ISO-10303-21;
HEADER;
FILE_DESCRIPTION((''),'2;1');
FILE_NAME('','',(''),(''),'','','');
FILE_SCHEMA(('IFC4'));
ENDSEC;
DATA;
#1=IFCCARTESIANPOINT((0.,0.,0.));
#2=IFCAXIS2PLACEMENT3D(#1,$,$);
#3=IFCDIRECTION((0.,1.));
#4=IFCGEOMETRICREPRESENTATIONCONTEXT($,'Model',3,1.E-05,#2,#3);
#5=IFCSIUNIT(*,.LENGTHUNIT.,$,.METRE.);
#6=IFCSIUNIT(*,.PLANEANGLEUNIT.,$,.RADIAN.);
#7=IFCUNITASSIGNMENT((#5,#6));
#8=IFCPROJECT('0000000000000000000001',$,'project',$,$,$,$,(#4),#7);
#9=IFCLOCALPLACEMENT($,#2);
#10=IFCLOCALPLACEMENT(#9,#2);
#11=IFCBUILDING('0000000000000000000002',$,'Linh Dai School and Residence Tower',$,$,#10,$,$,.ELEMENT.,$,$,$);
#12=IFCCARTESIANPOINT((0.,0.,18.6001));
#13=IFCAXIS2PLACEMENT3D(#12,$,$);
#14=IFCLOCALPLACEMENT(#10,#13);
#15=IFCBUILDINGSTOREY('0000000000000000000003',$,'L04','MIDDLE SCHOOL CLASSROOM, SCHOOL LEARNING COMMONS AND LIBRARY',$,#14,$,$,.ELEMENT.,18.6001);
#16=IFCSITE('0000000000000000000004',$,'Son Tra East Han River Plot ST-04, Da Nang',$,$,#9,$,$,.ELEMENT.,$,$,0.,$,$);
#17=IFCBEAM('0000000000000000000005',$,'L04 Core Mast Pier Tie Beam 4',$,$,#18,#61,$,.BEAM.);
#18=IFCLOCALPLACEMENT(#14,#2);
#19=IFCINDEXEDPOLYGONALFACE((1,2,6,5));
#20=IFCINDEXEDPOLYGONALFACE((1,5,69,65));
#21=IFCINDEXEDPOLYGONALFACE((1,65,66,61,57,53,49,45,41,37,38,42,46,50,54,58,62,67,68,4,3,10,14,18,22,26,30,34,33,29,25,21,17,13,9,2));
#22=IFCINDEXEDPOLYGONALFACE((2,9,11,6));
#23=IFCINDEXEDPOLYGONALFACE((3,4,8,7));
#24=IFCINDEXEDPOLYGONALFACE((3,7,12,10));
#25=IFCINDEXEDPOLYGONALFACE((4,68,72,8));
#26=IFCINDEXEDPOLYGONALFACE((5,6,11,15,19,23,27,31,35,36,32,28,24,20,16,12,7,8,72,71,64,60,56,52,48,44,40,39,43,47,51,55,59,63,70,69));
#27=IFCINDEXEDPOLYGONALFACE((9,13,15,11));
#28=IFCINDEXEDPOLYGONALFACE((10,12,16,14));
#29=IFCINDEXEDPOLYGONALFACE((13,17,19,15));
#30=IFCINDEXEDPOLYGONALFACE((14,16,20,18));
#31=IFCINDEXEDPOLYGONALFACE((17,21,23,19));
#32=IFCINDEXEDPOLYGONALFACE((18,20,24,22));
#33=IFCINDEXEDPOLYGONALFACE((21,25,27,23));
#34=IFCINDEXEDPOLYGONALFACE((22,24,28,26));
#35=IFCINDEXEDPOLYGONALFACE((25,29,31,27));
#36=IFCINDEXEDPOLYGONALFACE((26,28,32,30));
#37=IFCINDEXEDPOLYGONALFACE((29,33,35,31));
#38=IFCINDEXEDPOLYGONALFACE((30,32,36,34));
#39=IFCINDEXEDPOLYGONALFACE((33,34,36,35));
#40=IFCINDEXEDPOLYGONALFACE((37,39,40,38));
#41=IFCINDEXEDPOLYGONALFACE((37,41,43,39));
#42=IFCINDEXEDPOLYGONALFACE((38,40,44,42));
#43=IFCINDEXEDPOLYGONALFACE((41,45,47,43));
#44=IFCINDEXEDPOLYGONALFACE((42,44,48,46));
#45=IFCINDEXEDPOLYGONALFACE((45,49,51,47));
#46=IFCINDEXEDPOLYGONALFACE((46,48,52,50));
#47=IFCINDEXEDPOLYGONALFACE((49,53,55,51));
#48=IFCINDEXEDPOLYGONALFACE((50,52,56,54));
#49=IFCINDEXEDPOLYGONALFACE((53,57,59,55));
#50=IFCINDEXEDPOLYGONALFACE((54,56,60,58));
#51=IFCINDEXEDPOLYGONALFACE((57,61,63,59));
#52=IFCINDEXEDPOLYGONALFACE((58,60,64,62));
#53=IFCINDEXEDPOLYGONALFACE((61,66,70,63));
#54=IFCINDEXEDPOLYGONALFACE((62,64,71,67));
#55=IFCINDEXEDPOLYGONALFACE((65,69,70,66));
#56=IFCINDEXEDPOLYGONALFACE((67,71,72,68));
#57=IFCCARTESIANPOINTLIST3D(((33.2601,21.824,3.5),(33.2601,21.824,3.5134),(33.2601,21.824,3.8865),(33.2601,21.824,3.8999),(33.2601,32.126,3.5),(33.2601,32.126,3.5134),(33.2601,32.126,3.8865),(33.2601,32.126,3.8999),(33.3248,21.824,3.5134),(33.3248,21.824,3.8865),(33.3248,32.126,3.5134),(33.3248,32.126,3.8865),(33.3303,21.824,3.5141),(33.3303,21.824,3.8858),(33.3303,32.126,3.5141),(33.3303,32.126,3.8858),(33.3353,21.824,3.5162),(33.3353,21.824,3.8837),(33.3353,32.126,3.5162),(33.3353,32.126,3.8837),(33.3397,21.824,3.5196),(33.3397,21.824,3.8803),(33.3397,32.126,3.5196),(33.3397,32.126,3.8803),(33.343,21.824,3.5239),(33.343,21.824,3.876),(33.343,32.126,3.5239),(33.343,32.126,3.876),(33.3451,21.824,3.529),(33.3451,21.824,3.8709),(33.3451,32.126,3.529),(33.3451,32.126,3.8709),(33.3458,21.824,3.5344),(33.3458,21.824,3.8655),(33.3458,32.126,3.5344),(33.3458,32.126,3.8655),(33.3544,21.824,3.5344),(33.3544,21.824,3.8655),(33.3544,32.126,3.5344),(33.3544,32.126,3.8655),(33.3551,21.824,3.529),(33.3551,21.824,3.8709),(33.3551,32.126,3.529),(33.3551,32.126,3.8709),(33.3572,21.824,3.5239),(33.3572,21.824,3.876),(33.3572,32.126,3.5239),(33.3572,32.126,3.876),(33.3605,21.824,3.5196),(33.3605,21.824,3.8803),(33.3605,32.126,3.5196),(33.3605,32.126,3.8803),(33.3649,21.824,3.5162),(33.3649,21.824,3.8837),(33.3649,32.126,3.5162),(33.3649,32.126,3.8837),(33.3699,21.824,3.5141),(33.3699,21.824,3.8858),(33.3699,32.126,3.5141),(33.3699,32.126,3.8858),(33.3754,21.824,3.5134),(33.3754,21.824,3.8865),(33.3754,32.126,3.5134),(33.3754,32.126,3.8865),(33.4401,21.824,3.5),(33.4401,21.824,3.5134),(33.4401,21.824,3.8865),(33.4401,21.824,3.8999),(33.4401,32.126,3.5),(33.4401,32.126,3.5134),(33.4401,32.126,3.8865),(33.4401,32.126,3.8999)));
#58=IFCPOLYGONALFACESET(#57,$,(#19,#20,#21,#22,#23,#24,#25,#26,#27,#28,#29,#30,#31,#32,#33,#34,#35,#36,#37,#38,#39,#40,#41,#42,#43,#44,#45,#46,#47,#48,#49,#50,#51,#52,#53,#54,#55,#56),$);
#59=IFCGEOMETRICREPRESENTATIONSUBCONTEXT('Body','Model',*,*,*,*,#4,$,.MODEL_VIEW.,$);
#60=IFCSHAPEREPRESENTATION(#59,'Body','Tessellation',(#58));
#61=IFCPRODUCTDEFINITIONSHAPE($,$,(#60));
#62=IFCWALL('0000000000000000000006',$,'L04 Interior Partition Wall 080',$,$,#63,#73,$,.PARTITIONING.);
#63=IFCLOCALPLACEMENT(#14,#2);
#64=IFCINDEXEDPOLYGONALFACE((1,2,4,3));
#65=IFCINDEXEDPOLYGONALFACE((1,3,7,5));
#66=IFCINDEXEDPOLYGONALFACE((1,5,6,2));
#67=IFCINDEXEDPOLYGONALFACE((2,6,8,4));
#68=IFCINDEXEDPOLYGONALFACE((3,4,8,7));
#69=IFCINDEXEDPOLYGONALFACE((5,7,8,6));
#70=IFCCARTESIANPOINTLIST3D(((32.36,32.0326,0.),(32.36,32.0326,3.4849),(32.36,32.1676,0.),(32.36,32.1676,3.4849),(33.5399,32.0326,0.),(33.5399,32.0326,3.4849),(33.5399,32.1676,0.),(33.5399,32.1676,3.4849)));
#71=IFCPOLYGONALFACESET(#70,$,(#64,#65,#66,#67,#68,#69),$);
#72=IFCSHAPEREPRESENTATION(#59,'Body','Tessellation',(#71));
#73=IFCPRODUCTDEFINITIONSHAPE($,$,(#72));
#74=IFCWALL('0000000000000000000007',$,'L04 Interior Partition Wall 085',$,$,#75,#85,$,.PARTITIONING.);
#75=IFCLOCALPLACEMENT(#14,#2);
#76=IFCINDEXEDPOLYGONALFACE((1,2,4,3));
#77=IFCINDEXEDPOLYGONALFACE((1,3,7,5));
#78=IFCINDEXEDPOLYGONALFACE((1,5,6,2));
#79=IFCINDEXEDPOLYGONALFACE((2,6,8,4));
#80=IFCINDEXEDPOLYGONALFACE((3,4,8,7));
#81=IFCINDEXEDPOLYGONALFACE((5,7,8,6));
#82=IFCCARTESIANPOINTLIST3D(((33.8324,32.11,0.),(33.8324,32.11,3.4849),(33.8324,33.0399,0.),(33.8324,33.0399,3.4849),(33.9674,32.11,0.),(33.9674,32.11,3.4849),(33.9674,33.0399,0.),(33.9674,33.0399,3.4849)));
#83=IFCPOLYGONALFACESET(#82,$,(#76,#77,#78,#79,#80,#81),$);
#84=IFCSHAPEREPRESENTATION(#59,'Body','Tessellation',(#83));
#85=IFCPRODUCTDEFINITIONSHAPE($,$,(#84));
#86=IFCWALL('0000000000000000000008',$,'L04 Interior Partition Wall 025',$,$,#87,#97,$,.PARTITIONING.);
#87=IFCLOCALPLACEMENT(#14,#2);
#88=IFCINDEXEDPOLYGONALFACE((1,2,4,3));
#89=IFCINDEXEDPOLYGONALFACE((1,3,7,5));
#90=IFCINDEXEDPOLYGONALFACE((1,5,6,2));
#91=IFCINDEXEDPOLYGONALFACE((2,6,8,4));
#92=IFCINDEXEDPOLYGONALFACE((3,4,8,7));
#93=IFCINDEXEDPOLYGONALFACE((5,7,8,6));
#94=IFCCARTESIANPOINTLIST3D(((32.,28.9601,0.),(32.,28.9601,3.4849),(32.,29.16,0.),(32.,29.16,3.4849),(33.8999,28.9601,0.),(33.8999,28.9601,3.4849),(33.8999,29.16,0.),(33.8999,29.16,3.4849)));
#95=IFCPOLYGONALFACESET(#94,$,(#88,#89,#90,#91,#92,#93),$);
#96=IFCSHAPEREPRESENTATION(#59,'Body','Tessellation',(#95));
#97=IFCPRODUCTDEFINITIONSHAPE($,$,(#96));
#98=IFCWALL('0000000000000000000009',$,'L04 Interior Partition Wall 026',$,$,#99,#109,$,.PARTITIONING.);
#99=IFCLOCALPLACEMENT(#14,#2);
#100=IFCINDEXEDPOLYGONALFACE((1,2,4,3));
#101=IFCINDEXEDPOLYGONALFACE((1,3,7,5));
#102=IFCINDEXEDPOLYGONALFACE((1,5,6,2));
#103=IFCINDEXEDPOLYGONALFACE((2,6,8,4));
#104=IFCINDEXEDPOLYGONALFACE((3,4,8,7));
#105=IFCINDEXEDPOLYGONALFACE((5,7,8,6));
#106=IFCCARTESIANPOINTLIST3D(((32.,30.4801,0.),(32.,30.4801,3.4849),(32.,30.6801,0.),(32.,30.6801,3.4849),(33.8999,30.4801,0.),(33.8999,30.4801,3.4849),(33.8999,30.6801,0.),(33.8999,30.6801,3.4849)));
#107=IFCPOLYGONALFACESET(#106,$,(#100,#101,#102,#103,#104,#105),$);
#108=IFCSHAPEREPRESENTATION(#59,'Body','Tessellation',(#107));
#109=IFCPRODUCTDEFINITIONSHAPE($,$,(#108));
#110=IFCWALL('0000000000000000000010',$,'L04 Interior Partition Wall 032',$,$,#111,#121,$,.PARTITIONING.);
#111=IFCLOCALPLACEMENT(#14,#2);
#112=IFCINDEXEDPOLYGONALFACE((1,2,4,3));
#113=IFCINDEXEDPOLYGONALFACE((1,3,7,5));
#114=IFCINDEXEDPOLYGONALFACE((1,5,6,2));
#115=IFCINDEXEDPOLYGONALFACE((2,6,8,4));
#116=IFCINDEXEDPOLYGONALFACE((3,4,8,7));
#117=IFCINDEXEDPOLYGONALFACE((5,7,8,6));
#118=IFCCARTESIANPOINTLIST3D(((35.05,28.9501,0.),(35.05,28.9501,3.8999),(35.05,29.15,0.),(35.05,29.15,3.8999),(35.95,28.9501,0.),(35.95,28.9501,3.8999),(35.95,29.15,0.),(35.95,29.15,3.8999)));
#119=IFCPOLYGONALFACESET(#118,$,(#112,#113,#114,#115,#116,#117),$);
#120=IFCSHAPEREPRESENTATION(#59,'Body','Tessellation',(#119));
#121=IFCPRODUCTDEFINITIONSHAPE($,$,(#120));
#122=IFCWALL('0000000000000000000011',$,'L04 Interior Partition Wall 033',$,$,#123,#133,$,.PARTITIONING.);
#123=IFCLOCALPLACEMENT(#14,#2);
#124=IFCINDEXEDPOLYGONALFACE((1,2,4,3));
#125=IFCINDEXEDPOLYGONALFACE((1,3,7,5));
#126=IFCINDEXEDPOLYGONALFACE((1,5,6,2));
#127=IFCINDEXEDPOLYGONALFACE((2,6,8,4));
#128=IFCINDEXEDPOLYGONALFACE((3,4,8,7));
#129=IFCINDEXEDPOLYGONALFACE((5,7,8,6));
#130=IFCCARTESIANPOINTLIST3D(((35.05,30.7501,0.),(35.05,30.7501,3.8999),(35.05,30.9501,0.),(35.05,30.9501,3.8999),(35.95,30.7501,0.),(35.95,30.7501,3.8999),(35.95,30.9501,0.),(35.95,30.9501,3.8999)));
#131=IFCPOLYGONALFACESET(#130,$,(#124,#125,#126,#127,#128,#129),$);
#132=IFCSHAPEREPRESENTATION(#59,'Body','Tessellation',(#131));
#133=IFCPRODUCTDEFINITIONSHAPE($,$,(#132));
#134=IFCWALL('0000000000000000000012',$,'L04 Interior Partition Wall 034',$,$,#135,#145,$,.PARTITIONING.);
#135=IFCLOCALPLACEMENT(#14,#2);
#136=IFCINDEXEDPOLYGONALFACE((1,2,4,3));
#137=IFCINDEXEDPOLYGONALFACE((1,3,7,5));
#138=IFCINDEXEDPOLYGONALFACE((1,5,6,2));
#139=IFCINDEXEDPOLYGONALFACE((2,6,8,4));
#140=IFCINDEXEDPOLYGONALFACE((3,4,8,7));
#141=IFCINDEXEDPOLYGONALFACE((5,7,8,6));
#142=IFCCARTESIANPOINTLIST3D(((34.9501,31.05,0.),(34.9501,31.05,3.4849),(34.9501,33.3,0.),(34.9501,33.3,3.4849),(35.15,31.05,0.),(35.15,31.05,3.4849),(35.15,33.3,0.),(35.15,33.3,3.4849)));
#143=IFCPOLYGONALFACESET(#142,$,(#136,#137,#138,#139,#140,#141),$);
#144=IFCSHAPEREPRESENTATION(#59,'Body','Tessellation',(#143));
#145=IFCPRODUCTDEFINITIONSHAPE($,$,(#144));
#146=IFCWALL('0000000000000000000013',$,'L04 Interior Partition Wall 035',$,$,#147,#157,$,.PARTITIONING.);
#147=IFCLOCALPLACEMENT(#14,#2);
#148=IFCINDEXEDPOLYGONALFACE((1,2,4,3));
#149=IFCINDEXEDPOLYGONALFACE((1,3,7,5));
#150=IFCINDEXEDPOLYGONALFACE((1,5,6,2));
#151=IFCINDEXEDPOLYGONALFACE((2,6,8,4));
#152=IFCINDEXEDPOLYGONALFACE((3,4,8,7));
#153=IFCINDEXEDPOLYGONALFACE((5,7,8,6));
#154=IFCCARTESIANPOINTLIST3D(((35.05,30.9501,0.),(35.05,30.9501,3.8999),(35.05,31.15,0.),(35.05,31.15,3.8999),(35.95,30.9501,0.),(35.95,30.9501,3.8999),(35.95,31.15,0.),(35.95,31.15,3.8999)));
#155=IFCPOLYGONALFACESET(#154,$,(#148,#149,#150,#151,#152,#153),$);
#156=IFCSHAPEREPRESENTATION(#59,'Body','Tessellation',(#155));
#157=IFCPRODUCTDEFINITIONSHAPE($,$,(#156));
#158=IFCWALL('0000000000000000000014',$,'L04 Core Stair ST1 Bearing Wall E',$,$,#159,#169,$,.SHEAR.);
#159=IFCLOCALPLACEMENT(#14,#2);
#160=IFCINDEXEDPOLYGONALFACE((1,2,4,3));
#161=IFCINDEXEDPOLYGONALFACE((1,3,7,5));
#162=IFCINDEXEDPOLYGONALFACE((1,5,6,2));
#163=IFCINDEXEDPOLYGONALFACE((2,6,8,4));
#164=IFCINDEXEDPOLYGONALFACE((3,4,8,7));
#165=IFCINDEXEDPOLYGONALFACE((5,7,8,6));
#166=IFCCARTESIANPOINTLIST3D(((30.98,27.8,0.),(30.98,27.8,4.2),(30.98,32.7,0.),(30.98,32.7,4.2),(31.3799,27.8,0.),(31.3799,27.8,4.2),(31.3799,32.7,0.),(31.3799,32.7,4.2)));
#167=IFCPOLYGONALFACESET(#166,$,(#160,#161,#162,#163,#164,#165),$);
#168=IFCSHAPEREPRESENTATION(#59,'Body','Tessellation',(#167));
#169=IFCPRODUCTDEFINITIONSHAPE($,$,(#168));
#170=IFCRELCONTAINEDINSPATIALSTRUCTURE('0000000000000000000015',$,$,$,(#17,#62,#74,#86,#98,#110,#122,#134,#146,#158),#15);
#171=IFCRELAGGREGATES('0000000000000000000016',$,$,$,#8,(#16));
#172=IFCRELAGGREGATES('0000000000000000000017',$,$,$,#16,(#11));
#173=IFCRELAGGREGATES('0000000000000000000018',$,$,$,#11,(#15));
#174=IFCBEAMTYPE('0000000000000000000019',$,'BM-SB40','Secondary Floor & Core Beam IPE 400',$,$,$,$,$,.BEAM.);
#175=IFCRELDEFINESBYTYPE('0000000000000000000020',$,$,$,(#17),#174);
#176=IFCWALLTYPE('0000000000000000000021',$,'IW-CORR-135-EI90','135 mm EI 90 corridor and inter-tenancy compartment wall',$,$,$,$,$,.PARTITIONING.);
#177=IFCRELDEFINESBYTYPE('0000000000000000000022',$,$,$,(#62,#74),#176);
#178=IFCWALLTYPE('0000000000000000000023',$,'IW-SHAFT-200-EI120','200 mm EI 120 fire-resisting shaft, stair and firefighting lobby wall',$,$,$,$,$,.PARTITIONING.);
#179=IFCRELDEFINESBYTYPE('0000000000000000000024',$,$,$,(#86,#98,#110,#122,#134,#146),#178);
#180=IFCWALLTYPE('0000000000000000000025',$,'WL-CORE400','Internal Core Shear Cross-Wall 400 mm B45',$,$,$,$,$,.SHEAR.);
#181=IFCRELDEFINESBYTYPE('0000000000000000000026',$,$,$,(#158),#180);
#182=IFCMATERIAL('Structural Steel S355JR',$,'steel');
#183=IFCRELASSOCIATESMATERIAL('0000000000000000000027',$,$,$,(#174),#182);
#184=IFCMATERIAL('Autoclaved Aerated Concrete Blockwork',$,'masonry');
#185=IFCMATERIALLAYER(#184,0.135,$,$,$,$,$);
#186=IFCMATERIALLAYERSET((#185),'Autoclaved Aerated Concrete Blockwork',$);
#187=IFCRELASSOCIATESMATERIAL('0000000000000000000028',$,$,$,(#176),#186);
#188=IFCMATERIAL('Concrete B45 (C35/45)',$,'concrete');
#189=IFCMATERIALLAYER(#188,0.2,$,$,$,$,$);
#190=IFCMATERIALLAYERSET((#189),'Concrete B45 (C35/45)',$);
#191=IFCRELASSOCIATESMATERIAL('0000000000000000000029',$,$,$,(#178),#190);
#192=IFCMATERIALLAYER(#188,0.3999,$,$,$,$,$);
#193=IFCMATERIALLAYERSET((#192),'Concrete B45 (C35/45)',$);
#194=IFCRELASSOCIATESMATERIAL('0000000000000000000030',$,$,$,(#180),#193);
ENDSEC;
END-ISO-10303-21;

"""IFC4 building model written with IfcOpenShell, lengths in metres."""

from ifc_helpers import new_model, si_unit, direction, frame, frame_2d, origin, origin_2d, place, context, subcontext, project, spatial, rectangle, i_section, extrude, material, layer, layer_set, material_profile, profile_set, type_object, element, save


model = new_model("IFC4")

# Units and contexts
model_context = context("Model", 3, precision=1e-05, world=origin(), true_north=direction((0.0, 1.0)))
body_context = subcontext(model_context, "Body", "Model", "MODEL_VIEW")
ifc_project = project(units=[si_unit("LENGTHUNIT", "METRE"), si_unit("PLANEANGLEUNIT", "RADIAN")], contexts=[model_context])

# Site, building, storey
site_placement = place(None, origin())
site = spatial("IfcSite", under=ifc_project, at=site_placement, Name="Son Tra East Han River Plot ST-04, Da Nang", CompositionType="ELEMENT", RefElevation=0.0)
building_placement = place(site_placement, origin())
building = spatial("IfcBuilding", under=site, at=building_placement, Name="Linh Dai School and Residence Tower", CompositionType="ELEMENT")
storey_placement = place(building_placement, frame((0.0, 0.0, 18.6001)))
storey = spatial("IfcBuildingStorey", under=building, at=storey_placement, Name="L04", Description="MIDDLE SCHOOL CLASSROOM, SCHOOL LEARNING COMMONS AND LIBRARY", CompositionType="ELEMENT", Elevation=18.6001)

# Shared definitions
ifc_material_1 = material(Name="Structural Steel S355JR", Category="steel")

# Beam
ifc_material_profile_1 = material_profile(ifc_material_1, i_section(OverallWidth=0.1799, OverallDepth=0.3999, WebThickness=0.0085, FlangeThickness=0.0134, FilletRadius=0.021, at=origin_2d()), Name="IPE 400")
ifc_profile_set_1 = profile_set([ifc_material_profile_1], Name="Structural Steel S355JR")
beam_type_1 = type_object("IfcBeamType", Name="BM-SB40", Description="Secondary Floor & Core Beam IPE 400", PredefinedType="BEAM", material=ifc_profile_set_1)
beam_1_placement = place(storey_placement, frame((33.3501, 32.126, 3.7), z_axis=(0.0, -1.0, 0.0), x_axis=(1.0, 0.0, 0.0)))
element("IfcBeam", 1, at=beam_1_placement, inside=storey, type_object=beam_type_1, Name="L04 Core Mast Pier Tie Beam 4", PredefinedType="BEAM", context=body_context, shape_type="SweptSolid", body=[
    extrude(i_section(OverallWidth=0.1799, OverallDepth=0.3999, WebThickness=0.0085, FlangeThickness=0.0134, FilletRadius=0.021, at=origin_2d()), origin(), (0.0, 0.0, 1.0), 10.302),
])

# Walls
ifc_material_2 = material(Name="Autoclaved Aerated Concrete Blockwork", Category="masonry")
ifc_layer_1 = layer(ifc_material_2, 0.135)
ifc_layer_set_1 = layer_set([ifc_layer_1], Name="Autoclaved Aerated Concrete Blockwork")
wall_type_1 = type_object("IfcWallType", Name="IW-CORR-135-EI90", Description="135 mm EI 90 corridor and inter-tenancy compartment wall", PredefinedType="PARTITIONING", material=ifc_layer_set_1)
wall_1_placement = place(storey_placement, frame((32.3601, 32.1001, 0.0), z_axis=(0.0, 0.0, 1.0), x_axis=(1.0, 0.0, 0.0)))
element("IfcWall", 2, at=wall_1_placement, inside=storey, type_object=wall_type_1, Name="L04 Interior Partition Wall 080", PredefinedType="PARTITIONING", context=body_context, shape_type="SweptSolid", body=[
    extrude(rectangle(XDim=1.1799, YDim=0.135, at=frame_2d((0.5898, 0.0))), origin(), (0.0, 0.0, 1.0), 3.4849),
])
wall_2_placement = place(storey_placement, frame((33.8999, 32.1101, 0.0), z_axis=(0.0, 0.0, 1.0), x_axis=(0.0, 1.0, 0.0)))
element("IfcWall", 3, at=wall_2_placement, inside=storey, type_object=wall_type_1, Name="L04 Interior Partition Wall 085", PredefinedType="PARTITIONING", context=body_context, shape_type="SweptSolid", body=[
    extrude(rectangle(XDim=0.9299, YDim=0.135, at=frame_2d((0.4648, 0.0))), origin(), (0.0, 0.0, 1.0), 3.4849),
])
ifc_material_3 = material(Name="Concrete B45 (C35/45)", Category="concrete")
ifc_layer_2 = layer(ifc_material_3, 0.2)
ifc_layer_set_2 = layer_set([ifc_layer_2], Name="Concrete B45 (C35/45)")
wall_type_2 = type_object("IfcWallType", Name="IW-SHAFT-200-EI120", Description="200 mm EI 120 fire-resisting shaft, stair and firefighting lobby wall", PredefinedType="PARTITIONING", material=ifc_layer_set_2)
for number, where, z_axis, x_axis, name in (
    (4, (32.0, 29.0601, 0.0), (0.0, 0.0, 1.0), (1.0, 0.0, 0.0), "L04 Interior Partition Wall 025"),
    (5, (32.0, 30.5801, 0.0), (0.0, 0.0, 1.0), (1.0, 0.0, 0.0), "L04 Interior Partition Wall 026"),
):
    element("IfcWall", number, at=place(storey_placement, frame(where, z_axis=z_axis, x_axis=x_axis)), inside=storey, type_object=wall_type_2, Name=name, PredefinedType="PARTITIONING", context=body_context, shape_type="SweptSolid", body=[
        extrude(rectangle(XDim=1.8999, YDim=0.2, at=frame_2d((0.95, 0.0))), origin(), (0.0, 0.0, 1.0), 3.4849),
    ])
for number, where, z_axis, x_axis, name in (
    (6, (35.05, 29.05, 0.0), (0.0, 0.0, 1.0), (1.0, 0.0, 0.0), "L04 Interior Partition Wall 032"),
    (7, (35.05, 30.8501, 0.0), (0.0, 0.0, 1.0), (1.0, 0.0, 0.0), "L04 Interior Partition Wall 033"),
):
    element("IfcWall", number, at=place(storey_placement, frame(where, z_axis=z_axis, x_axis=x_axis)), inside=storey, type_object=wall_type_2, Name=name, PredefinedType="PARTITIONING", context=body_context, shape_type="SweptSolid", body=[
        extrude(rectangle(XDim=0.8999, YDim=0.2, at=frame_2d((0.45, 0.0))), origin(), (0.0, 0.0, 1.0), 3.8999),
    ])
wall_3_placement = place(storey_placement, frame((35.05, 31.05, 0.0), z_axis=(0.0, 0.0, 1.0), x_axis=(0.0, 1.0, 0.0)))
element("IfcWall", 8, at=wall_3_placement, inside=storey, type_object=wall_type_2, Name="L04 Interior Partition Wall 034", PredefinedType="PARTITIONING", context=body_context, shape_type="SweptSolid", body=[
    extrude(rectangle(XDim=2.25, YDim=0.2, at=frame_2d((1.125, 0.0))), origin(), (0.0, 0.0, 1.0), 3.4849),
])
wall_4_placement = place(storey_placement, frame((35.05, 31.05, 0.0), z_axis=(0.0, 0.0, 1.0), x_axis=(1.0, 0.0, 0.0)))
element("IfcWall", 9, at=wall_4_placement, inside=storey, type_object=wall_type_2, Name="L04 Interior Partition Wall 035", PredefinedType="PARTITIONING", context=body_context, shape_type="SweptSolid", body=[
    extrude(rectangle(XDim=0.8999, YDim=0.2, at=frame_2d((0.45, 0.0))), origin(), (0.0, 0.0, 1.0), 3.8999),
])

# Wall
ifc_layer_3 = layer(ifc_material_3, 0.3999)
ifc_layer_set_3 = layer_set([ifc_layer_3], Name="Concrete B45 (C35/45)")
wall_type_3 = type_object("IfcWallType", Name="WL-CORE400", Description="Internal Core Shear Cross-Wall 400 mm B45", PredefinedType="SHEAR", material=ifc_layer_set_3)
wall_5_placement = place(storey_placement, frame((31.1799, 27.8, 0.0), z_axis=(0.0, 0.0, 1.0), x_axis=(0.0, 1.0, 0.0)))
element("IfcWall", 10, at=wall_5_placement, inside=storey, type_object=wall_type_3, Name="L04 Core Stair ST1 Bearing Wall E", PredefinedType="SHEAR", context=body_context, shape_type="SweptSolid", body=[
    extrude(rectangle(XDim=4.8999, YDim=0.3999, at=frame_2d((2.45, 0.0))), origin(), (0.0, 0.0, 1.0), 4.2),
])

save(model, "model.ifc")
